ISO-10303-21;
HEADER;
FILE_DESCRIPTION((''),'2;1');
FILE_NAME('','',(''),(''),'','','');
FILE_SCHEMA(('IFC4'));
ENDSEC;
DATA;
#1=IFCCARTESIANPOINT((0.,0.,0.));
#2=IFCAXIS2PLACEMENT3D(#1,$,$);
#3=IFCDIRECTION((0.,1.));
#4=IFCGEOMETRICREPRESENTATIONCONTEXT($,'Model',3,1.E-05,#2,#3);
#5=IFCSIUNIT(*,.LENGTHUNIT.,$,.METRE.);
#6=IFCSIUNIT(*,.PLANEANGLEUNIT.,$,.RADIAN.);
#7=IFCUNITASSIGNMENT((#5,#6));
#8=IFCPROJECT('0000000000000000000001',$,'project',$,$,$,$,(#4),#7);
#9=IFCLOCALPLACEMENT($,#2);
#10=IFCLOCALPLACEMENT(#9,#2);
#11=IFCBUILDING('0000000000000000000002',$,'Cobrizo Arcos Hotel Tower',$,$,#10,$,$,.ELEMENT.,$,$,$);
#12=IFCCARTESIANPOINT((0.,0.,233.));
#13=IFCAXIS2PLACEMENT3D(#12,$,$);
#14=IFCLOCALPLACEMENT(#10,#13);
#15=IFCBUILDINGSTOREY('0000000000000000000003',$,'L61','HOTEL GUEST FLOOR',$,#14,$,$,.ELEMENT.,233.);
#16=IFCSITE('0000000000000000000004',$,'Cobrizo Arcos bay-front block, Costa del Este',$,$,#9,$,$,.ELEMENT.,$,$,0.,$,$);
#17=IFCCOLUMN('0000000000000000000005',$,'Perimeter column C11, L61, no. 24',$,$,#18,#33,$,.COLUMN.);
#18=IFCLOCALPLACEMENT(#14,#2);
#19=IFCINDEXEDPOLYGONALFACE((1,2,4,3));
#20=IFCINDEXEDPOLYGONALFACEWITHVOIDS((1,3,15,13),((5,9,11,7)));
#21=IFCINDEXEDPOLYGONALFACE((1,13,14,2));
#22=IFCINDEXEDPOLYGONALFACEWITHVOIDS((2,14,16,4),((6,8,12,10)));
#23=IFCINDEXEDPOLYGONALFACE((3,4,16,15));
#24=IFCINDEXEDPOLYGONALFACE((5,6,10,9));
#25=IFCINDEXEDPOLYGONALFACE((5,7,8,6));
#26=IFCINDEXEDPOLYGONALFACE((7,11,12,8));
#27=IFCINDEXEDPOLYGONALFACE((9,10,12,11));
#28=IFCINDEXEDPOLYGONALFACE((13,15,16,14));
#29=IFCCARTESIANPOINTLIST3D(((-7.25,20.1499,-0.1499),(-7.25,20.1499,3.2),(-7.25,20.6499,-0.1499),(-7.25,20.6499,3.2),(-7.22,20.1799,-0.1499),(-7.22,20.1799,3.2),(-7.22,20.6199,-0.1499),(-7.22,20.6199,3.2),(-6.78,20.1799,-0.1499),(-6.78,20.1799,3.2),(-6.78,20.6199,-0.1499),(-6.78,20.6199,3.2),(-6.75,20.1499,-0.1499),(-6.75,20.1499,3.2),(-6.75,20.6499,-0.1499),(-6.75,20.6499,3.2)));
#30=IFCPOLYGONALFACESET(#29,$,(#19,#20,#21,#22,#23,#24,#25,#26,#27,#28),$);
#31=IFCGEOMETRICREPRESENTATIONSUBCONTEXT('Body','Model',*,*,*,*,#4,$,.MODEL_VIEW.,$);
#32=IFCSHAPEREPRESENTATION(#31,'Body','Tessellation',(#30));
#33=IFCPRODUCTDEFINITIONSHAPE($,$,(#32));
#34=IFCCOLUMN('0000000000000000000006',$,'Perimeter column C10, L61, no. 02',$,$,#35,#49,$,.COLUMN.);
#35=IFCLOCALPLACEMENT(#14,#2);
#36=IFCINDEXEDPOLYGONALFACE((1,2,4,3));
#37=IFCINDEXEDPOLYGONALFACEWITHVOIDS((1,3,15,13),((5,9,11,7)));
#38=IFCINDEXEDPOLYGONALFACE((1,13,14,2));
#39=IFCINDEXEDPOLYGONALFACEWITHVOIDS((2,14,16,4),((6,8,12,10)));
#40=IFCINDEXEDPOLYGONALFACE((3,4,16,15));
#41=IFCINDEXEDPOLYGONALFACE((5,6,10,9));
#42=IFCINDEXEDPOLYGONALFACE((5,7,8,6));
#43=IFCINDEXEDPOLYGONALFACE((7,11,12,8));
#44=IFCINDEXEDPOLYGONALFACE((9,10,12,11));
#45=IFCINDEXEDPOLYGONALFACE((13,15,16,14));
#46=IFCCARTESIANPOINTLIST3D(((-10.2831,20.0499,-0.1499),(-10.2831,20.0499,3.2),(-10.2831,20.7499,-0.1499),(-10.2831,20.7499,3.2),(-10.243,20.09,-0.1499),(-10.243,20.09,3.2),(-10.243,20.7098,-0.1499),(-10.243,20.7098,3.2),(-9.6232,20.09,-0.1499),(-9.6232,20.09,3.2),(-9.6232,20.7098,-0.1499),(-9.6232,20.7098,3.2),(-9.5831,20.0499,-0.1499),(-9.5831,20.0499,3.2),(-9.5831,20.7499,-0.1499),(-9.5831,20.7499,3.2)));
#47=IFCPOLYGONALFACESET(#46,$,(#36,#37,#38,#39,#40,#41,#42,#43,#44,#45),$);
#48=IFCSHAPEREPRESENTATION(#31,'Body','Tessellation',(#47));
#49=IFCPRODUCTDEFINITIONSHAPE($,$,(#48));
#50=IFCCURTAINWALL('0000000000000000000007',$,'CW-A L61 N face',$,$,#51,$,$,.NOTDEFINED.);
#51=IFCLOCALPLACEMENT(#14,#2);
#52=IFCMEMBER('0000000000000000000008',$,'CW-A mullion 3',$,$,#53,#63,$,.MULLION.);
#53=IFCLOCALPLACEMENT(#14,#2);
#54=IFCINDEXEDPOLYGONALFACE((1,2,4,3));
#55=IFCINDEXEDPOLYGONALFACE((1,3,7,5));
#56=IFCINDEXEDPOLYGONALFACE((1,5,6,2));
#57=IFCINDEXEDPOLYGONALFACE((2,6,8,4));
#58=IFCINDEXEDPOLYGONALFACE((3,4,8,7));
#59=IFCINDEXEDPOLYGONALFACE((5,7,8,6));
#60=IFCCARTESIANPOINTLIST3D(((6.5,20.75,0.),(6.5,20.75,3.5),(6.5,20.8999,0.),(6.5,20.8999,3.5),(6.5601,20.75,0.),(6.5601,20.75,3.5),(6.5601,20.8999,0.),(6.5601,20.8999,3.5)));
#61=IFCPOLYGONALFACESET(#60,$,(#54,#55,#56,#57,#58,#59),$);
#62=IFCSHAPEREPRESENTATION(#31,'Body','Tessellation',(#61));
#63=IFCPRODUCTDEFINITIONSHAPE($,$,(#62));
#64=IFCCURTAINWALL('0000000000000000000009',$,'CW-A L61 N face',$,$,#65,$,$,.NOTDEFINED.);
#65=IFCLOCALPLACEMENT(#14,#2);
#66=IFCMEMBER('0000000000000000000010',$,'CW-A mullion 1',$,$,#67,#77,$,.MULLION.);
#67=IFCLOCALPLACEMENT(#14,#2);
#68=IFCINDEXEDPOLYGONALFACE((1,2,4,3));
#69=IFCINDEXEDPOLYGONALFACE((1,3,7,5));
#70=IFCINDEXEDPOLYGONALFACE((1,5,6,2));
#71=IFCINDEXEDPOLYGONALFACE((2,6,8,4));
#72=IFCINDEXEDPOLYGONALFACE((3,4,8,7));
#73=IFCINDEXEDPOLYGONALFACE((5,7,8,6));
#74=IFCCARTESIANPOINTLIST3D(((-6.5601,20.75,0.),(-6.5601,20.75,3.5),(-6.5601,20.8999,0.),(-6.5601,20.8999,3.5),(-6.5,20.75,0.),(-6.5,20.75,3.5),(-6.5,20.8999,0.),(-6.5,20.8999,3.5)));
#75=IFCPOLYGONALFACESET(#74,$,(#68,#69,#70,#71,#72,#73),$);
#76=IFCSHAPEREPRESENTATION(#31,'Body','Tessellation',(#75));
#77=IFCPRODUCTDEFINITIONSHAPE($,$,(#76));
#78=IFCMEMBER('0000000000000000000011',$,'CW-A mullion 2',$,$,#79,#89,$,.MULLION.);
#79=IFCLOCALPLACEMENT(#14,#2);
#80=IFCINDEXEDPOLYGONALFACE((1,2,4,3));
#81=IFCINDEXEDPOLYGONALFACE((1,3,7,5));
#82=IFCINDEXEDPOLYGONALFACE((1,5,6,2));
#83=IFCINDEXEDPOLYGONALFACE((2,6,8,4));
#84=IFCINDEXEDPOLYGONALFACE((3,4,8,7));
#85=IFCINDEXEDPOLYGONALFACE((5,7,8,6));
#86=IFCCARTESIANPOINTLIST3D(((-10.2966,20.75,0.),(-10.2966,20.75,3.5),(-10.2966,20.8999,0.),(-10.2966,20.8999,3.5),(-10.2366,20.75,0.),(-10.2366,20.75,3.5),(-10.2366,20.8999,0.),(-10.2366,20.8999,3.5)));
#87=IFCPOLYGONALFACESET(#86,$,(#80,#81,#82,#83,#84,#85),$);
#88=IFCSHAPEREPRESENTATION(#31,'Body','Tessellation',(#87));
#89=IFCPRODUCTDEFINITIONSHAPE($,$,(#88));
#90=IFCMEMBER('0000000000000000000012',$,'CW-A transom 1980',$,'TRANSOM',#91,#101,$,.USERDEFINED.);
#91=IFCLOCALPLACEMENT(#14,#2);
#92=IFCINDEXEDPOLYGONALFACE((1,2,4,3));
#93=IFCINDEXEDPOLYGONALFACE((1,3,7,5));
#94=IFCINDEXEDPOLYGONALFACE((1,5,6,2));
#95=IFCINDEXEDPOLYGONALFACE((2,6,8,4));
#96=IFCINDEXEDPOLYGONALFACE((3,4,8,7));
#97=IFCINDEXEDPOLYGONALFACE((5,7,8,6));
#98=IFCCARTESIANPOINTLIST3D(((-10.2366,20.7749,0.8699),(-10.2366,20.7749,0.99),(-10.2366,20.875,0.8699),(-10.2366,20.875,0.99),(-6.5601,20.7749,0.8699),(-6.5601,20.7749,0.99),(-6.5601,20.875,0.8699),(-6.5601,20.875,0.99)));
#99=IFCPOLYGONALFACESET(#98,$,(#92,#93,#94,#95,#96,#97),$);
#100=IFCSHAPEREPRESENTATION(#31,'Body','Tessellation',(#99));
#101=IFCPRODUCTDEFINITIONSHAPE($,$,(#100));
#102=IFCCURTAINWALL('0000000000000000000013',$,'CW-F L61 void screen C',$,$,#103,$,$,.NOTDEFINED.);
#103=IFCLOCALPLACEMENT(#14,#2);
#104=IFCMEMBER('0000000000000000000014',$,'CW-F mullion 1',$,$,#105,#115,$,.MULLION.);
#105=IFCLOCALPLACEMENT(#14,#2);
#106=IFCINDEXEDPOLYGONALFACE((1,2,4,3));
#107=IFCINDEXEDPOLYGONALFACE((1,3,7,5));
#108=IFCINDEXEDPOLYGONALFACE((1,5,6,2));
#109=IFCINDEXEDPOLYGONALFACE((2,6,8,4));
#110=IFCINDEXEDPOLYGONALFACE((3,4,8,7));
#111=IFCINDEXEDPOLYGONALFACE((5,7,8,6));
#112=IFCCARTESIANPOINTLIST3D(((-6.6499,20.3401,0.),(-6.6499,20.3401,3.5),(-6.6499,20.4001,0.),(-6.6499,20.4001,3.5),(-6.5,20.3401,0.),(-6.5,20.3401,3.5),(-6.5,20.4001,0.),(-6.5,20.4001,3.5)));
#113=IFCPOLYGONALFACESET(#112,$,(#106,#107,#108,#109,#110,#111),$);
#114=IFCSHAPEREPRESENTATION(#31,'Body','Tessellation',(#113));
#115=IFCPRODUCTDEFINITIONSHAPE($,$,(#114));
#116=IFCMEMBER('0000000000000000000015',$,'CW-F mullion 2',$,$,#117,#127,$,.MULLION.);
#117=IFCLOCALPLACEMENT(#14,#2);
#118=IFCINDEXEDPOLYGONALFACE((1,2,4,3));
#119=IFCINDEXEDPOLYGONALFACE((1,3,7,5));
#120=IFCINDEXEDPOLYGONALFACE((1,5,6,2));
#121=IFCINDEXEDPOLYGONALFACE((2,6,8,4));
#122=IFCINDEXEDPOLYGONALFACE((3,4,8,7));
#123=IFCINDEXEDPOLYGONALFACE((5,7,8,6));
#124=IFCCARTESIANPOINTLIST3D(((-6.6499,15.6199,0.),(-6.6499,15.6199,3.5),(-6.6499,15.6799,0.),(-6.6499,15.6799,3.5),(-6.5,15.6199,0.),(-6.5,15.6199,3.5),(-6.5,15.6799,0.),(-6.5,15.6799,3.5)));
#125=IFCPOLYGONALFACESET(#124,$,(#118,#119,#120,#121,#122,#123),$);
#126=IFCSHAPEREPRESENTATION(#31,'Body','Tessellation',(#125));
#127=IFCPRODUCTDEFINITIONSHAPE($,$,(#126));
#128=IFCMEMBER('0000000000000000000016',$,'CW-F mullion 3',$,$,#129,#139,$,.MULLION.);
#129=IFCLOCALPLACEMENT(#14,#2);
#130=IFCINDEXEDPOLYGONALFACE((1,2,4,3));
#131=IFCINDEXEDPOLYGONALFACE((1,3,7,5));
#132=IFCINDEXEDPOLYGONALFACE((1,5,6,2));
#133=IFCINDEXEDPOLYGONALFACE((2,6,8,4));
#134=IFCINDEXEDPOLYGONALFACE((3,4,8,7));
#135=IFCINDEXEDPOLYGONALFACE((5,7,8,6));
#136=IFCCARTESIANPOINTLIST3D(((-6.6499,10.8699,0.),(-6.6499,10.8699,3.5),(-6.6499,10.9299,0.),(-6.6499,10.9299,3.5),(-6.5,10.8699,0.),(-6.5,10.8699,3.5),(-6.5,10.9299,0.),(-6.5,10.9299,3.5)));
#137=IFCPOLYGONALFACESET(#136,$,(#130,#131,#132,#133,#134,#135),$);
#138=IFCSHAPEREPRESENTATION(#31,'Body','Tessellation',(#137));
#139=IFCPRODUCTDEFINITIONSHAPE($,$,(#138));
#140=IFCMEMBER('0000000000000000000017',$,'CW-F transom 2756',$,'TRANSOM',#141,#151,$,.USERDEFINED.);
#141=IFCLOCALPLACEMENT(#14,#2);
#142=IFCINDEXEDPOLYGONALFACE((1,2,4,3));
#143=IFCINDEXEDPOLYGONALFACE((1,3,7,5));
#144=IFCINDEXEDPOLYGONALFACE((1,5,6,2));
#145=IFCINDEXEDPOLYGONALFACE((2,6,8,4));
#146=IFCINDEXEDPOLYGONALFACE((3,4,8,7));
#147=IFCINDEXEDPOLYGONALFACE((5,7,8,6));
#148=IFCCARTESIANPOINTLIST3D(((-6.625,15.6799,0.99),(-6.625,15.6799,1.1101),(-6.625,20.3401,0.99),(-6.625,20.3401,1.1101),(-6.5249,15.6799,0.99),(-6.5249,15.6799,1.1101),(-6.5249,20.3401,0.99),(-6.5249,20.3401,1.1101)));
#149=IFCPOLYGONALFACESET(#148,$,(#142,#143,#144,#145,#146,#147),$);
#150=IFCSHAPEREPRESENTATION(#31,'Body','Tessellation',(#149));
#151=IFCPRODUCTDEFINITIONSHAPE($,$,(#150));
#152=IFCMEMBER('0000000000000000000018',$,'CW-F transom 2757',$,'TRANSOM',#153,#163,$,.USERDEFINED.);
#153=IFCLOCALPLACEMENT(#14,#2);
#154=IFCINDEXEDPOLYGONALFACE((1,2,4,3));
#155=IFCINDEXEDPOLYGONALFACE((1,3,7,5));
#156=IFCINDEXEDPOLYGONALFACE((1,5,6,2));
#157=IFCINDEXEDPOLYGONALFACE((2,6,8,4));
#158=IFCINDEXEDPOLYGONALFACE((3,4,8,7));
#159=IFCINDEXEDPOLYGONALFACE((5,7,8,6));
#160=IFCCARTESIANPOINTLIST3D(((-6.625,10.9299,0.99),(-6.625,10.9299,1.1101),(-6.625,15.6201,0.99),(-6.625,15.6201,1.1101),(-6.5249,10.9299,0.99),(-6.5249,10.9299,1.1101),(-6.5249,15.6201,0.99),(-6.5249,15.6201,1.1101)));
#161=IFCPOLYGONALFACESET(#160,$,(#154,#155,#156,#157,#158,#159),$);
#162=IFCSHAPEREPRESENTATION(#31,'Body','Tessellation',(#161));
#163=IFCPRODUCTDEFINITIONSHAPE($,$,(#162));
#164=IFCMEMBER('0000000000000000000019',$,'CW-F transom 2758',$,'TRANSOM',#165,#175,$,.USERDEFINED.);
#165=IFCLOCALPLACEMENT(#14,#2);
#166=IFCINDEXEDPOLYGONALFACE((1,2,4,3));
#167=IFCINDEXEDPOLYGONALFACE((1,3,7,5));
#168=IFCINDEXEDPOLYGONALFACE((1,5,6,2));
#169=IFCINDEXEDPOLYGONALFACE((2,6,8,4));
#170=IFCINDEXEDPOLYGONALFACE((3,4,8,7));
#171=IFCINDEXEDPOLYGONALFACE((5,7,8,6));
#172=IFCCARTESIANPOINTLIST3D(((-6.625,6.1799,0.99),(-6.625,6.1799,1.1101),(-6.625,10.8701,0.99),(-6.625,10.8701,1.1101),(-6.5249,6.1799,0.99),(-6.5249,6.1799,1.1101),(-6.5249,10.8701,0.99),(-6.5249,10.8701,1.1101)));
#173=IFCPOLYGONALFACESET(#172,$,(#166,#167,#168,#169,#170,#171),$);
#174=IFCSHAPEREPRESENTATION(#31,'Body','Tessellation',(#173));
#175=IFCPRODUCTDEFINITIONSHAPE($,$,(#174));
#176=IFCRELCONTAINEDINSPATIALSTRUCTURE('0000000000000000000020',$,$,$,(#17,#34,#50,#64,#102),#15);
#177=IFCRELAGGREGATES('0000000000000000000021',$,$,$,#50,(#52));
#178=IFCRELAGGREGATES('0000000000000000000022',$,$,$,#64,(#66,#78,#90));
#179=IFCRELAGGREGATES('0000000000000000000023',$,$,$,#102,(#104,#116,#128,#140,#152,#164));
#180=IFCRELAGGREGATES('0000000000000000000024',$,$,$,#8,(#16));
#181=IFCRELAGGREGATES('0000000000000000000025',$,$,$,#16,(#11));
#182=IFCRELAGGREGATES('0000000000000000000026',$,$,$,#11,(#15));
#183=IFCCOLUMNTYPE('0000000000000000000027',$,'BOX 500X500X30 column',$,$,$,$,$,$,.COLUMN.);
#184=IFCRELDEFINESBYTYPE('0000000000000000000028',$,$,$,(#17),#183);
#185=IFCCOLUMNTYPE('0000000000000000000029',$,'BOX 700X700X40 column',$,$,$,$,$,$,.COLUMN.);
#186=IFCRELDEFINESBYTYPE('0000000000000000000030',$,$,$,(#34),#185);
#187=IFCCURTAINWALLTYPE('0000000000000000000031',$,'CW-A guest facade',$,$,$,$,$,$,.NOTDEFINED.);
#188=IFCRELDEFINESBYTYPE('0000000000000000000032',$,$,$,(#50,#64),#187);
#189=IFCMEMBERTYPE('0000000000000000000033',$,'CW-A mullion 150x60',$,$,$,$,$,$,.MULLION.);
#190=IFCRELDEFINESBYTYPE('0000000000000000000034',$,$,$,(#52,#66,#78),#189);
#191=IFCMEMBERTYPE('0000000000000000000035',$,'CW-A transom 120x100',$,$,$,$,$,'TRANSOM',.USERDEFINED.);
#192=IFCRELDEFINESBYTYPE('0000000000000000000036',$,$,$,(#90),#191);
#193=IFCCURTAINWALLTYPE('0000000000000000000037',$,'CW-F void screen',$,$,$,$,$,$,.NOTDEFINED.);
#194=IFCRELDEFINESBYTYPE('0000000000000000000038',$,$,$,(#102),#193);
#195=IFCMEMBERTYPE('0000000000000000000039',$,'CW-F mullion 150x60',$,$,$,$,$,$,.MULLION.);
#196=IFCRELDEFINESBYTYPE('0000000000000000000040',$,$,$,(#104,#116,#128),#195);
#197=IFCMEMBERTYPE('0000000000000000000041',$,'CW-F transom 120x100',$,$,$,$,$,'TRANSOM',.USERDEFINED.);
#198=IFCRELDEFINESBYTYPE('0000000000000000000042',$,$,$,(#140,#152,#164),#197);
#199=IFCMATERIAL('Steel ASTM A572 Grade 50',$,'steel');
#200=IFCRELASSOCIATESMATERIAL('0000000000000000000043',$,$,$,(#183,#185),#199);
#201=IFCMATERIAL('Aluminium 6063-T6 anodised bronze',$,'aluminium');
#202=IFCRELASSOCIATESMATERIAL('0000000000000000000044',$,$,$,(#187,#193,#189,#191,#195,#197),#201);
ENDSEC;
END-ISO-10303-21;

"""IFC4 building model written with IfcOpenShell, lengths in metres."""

from ifc_helpers import new_model, si_unit, direction, frame, origin, origin_2d, place, context, subcontext, project, spatial, rectangle, hollow_rectangle, extrude, material, material_profile, profile_set, type_object, element, aggregate, save


model = new_model("IFC4")

# Units and contexts
model_context = context("Model", 3, precision=1e-05, world=origin(), true_north=direction((0.0, 1.0)))
body_context = subcontext(model_context, "Body", "Model", "MODEL_VIEW")
ifc_project = project(units=[si_unit("LENGTHUNIT", "METRE"), si_unit("PLANEANGLEUNIT", "RADIAN")], contexts=[model_context])

# Site, building, storey
site_placement = place(None, origin())
site = spatial("IfcSite", under=ifc_project, at=site_placement, Name="Cobrizo Arcos bay-front block, Costa del Este", CompositionType="ELEMENT", RefElevation=0.0)
building_placement = place(site_placement, origin())
building = spatial("IfcBuilding", under=site, at=building_placement, Name="Cobrizo Arcos Hotel Tower", CompositionType="ELEMENT")
storey_placement = place(building_placement, frame((0.0, 0.0, 233.0)))
storey = spatial("IfcBuildingStorey", under=building, at=storey_placement, Name="L61", Description="HOTEL GUEST FLOOR", CompositionType="ELEMENT", Elevation=233.0)

# Columns
ifc_material_1 = material(Name="Steel ASTM A572 Grade 50", Category="steel")
ifc_material_profile_1 = material_profile(ifc_material_1, hollow_rectangle(XDim=0.5, YDim=0.5, WallThickness=0.03, at=origin_2d()), Name="BOX 500X500X30")
ifc_profile_set_1 = profile_set([ifc_material_profile_1], Name="Steel ASTM A572 Grade 50")
column_type_1 = type_object("IfcColumnType", Name="BOX 500X500X30 column", PredefinedType="COLUMN", material=ifc_profile_set_1)
column_1_placement = place(storey_placement, frame((-7.0, 20.3999, -0.1499), z_axis=(0.0, 0.0, 1.0), x_axis=(1.0, 0.0, 0.0)))
element("IfcColumn", 1, at=column_1_placement, inside=storey, type_object=column_type_1, Name="Perimeter column C11, L61, no. 24", PredefinedType="COLUMN", context=body_context, shape_type="SweptSolid", body=[
    extrude(hollow_rectangle(XDim=0.5, YDim=0.5, WallThickness=0.03, at=origin_2d()), origin(), (0.0, 0.0, 1.0), 3.3499),
])
ifc_material_profile_2 = material_profile(ifc_material_1, hollow_rectangle(XDim=0.7, YDim=0.7, WallThickness=0.04, at=origin_2d()), Name="BOX 700X700X40")
ifc_profile_set_2 = profile_set([ifc_material_profile_2], Name="Steel ASTM A572 Grade 50")
column_type_2 = type_object("IfcColumnType", Name="BOX 700X700X40 column", PredefinedType="COLUMN", material=ifc_profile_set_2)
column_2_placement = place(storey_placement, frame((-9.9331, 20.3999, -0.1499), z_axis=(0.0, 0.0, 1.0), x_axis=(1.0, 0.0, 0.0)))
element("IfcColumn", 2, at=column_2_placement, inside=storey, type_object=column_type_2, Name="Perimeter column C10, L61, no. 02", PredefinedType="COLUMN", context=body_context, shape_type="SweptSolid", body=[
    extrude(hollow_rectangle(XDim=0.7, YDim=0.7, WallThickness=0.04, at=origin_2d()), origin(), (0.0, 0.0, 1.0), 3.3499),
])

# Curtain wall, member
ifc_material_2 = material(Name="Aluminium 6063-T6 anodised bronze", Category="aluminium")
curtain_wall_type_1 = type_object("IfcCurtainWallType", Name="CW-A guest facade", PredefinedType="NOTDEFINED", material=ifc_material_2)
curtain_wall_1_placement = place(storey_placement, origin())
curtain_wall_1 = element("IfcCurtainWall", 3, at=curtain_wall_1_placement, inside=storey, type_object=curtain_wall_type_1, Name="CW-A L61 N face", PredefinedType="NOTDEFINED")
ifc_material_profile_3 = material_profile(ifc_material_2, rectangle(XDim=0.1499, YDim=0.0601, at=origin_2d()), Name="CW-A mullion 150x60")
ifc_profile_set_3 = profile_set([ifc_material_profile_3], Name="Aluminium 6063-T6 anodised bronze")
member_type_1 = type_object("IfcMemberType", Name="CW-A mullion 150x60", PredefinedType="MULLION", material=ifc_profile_set_3)
member_1_placement = place(storey_placement, frame((6.53, 20.825, 0.0), z_axis=(0.0, 0.0, 1.0), x_axis=(0.0, 1.0, 0.0)))
member_1 = element("IfcMember", 4, at=member_1_placement, type_object=member_type_1, Name="CW-A mullion 3", PredefinedType="MULLION", context=body_context, shape_type="SweptSolid", body=[
    extrude(rectangle(XDim=0.1499, YDim=0.0601, at=origin_2d()), origin(), (0.0, 0.0, 1.0), 3.5),
])
aggregate(curtain_wall_1, [member_1])

# Curtain walls, members
curtain_wall_2_placement = place(storey_placement, origin())
curtain_wall_2 = element("IfcCurtainWall", 5, at=curtain_wall_2_placement, inside=storey, type_object=curtain_wall_type_1, Name="CW-A L61 N face", PredefinedType="NOTDEFINED")
member_2_placement = place(storey_placement, frame((-6.53, 20.825, 0.0), z_axis=(0.0, 0.0, 1.0), x_axis=(0.0, 1.0, 0.0)))
member_2 = element("IfcMember", 6, at=member_2_placement, type_object=member_type_1, Name="CW-A mullion 1", PredefinedType="MULLION", context=body_context, shape_type="SweptSolid", body=[
    extrude(rectangle(XDim=0.1499, YDim=0.0601, at=origin_2d()), origin(), (0.0, 0.0, 1.0), 3.5),
])
member_3_placement = place(storey_placement, frame((-10.2666, 20.825, 0.0), z_axis=(0.0, 0.0, 1.0), x_axis=(0.0, 1.0, 0.0)))
member_3 = element("IfcMember", 7, at=member_3_placement, type_object=member_type_1, Name="CW-A mullion 2", PredefinedType="MULLION", context=body_context, shape_type="SweptSolid", body=[
    extrude(rectangle(XDim=0.1499, YDim=0.0601, at=origin_2d()), origin(), (0.0, 0.0, 1.0), 3.5),
])
ifc_material_profile_4 = material_profile(ifc_material_2, rectangle(XDim=0.1001, YDim=0.1201, at=origin_2d()), Name="CW-A transom 120x100")
ifc_profile_set_4 = profile_set([ifc_material_profile_4], Name="Aluminium 6063-T6 anodised bronze")
member_type_2 = type_object("IfcMemberType", Name="CW-A transom 120x100", ElementType="TRANSOM", PredefinedType="USERDEFINED", material=ifc_profile_set_4)
member_4_placement = place(storey_placement, frame((-6.5601, 20.825, 0.9299), z_axis=(-1.0, 0.0, 0.0), x_axis=(0.0, -1.0, 0.0)))
member_4 = element("IfcMember", 8, at=member_4_placement, type_object=member_type_2, Name="CW-A transom 1980", ObjectType="TRANSOM", PredefinedType="USERDEFINED", context=body_context, shape_type="SweptSolid", body=[
    extrude(rectangle(XDim=0.1001, YDim=0.1201, at=origin_2d()), origin(), (0.0, 0.0, 1.0), 3.6765),
])
curtain_wall_type_2 = type_object("IfcCurtainWallType", Name="CW-F void screen", PredefinedType="NOTDEFINED", material=ifc_material_2)
curtain_wall_3_placement = place(storey_placement, origin())
curtain_wall_3 = element("IfcCurtainWall", 9, at=curtain_wall_3_placement, inside=storey, type_object=curtain_wall_type_2, Name="CW-F L61 void screen C", PredefinedType="NOTDEFINED")
ifc_material_profile_5 = material_profile(ifc_material_2, rectangle(XDim=0.1499, YDim=0.0601, at=origin_2d()), Name="CW-F mullion 150x60")
ifc_profile_set_5 = profile_set([ifc_material_profile_5], Name="Aluminium 6063-T6 anodised bronze")
member_type_3 = type_object("IfcMemberType", Name="CW-F mullion 150x60", PredefinedType="MULLION", material=ifc_profile_set_5)
member_5_placement = place(storey_placement, frame((-6.575, 20.3701, 0.0), z_axis=(0.0, 0.0, 1.0), x_axis=(-1.0, 0.0, 0.0)))
member_5 = element("IfcMember", 10, at=member_5_placement, type_object=member_type_3, Name="CW-F mullion 1", PredefinedType="MULLION", context=body_context, shape_type="SweptSolid", body=[
    extrude(rectangle(XDim=0.1499, YDim=0.0601, at=origin_2d()), origin(), (0.0, 0.0, 1.0), 3.5),
])
member_6_placement = place(storey_placement, frame((-6.575, 15.6499, 0.0), z_axis=(0.0, 0.0, 1.0), x_axis=(-1.0, 0.0, 0.0)))
member_6 = element("IfcMember", 11, at=member_6_placement, type_object=member_type_3, Name="CW-F mullion 2", PredefinedType="MULLION", context=body_context, shape_type="SweptSolid", body=[
    extrude(rectangle(XDim=0.1499, YDim=0.0601, at=origin_2d()), origin(), (0.0, 0.0, 1.0), 3.5),
])
member_7_placement = place(storey_placement, frame((-6.575, 10.8999, 0.0), z_axis=(0.0, 0.0, 1.0), x_axis=(-1.0, 0.0, 0.0)))
member_7 = element("IfcMember", 12, at=member_7_placement, type_object=member_type_3, Name="CW-F mullion 3", PredefinedType="MULLION", context=body_context, shape_type="SweptSolid", body=[
    extrude(rectangle(XDim=0.1499, YDim=0.0601, at=origin_2d()), origin(), (0.0, 0.0, 1.0), 3.5),
])
ifc_material_profile_6 = material_profile(ifc_material_2, rectangle(XDim=0.1001, YDim=0.1201, at=origin_2d()), Name="CW-F transom 120x100")
ifc_profile_set_6 = profile_set([ifc_material_profile_6], Name="Aluminium 6063-T6 anodised bronze")
member_type_4 = type_object("IfcMemberType", Name="CW-F transom 120x100", ElementType="TRANSOM", PredefinedType="USERDEFINED", material=ifc_profile_set_6)
member_8_placement = place(storey_placement, frame((-6.575, 20.3401, 1.05), z_axis=(0.0, -1.0, 0.0), x_axis=(1.0, 0.0, 0.0)))
member_8 = element("IfcMember", 13, at=member_8_placement, type_object=member_type_4, Name="CW-F transom 2756", ObjectType="TRANSOM", PredefinedType="USERDEFINED", context=body_context, shape_type="SweptSolid", body=[
    extrude(rectangle(XDim=0.1001, YDim=0.1201, at=origin_2d()), origin(), (0.0, 0.0, 1.0), 4.6602),
])
member_9_placement = place(storey_placement, frame((-6.575, 15.6201, 1.05), z_axis=(0.0, -1.0, 0.0), x_axis=(1.0, 0.0, 0.0)))
member_9 = element("IfcMember", 14, at=member_9_placement, type_object=member_type_4, Name="CW-F transom 2757", ObjectType="TRANSOM", PredefinedType="USERDEFINED", context=body_context, shape_type="SweptSolid", body=[
    extrude(rectangle(XDim=0.1001, YDim=0.1201, at=origin_2d()), origin(), (0.0, 0.0, 1.0), 4.6902),
])
member_10_placement = place(storey_placement, frame((-6.575, 10.8701, 1.05), z_axis=(0.0, -1.0, 0.0), x_axis=(1.0, 0.0, 0.0)))
member_10 = element("IfcMember", 15, at=member_10_placement, type_object=member_type_4, Name="CW-F transom 2758", ObjectType="TRANSOM", PredefinedType="USERDEFINED", context=body_context, shape_type="SweptSolid", body=[
    extrude(rectangle(XDim=0.1001, YDim=0.1201, at=origin_2d()), origin(), (0.0, 0.0, 1.0), 4.6902),
])

aggregate(curtain_wall_2, [member_2, member_3, member_4])
aggregate(curtain_wall_3, [member_5, member_6, member_7, member_8, member_9, member_10])

save(model, "model.ifc")
